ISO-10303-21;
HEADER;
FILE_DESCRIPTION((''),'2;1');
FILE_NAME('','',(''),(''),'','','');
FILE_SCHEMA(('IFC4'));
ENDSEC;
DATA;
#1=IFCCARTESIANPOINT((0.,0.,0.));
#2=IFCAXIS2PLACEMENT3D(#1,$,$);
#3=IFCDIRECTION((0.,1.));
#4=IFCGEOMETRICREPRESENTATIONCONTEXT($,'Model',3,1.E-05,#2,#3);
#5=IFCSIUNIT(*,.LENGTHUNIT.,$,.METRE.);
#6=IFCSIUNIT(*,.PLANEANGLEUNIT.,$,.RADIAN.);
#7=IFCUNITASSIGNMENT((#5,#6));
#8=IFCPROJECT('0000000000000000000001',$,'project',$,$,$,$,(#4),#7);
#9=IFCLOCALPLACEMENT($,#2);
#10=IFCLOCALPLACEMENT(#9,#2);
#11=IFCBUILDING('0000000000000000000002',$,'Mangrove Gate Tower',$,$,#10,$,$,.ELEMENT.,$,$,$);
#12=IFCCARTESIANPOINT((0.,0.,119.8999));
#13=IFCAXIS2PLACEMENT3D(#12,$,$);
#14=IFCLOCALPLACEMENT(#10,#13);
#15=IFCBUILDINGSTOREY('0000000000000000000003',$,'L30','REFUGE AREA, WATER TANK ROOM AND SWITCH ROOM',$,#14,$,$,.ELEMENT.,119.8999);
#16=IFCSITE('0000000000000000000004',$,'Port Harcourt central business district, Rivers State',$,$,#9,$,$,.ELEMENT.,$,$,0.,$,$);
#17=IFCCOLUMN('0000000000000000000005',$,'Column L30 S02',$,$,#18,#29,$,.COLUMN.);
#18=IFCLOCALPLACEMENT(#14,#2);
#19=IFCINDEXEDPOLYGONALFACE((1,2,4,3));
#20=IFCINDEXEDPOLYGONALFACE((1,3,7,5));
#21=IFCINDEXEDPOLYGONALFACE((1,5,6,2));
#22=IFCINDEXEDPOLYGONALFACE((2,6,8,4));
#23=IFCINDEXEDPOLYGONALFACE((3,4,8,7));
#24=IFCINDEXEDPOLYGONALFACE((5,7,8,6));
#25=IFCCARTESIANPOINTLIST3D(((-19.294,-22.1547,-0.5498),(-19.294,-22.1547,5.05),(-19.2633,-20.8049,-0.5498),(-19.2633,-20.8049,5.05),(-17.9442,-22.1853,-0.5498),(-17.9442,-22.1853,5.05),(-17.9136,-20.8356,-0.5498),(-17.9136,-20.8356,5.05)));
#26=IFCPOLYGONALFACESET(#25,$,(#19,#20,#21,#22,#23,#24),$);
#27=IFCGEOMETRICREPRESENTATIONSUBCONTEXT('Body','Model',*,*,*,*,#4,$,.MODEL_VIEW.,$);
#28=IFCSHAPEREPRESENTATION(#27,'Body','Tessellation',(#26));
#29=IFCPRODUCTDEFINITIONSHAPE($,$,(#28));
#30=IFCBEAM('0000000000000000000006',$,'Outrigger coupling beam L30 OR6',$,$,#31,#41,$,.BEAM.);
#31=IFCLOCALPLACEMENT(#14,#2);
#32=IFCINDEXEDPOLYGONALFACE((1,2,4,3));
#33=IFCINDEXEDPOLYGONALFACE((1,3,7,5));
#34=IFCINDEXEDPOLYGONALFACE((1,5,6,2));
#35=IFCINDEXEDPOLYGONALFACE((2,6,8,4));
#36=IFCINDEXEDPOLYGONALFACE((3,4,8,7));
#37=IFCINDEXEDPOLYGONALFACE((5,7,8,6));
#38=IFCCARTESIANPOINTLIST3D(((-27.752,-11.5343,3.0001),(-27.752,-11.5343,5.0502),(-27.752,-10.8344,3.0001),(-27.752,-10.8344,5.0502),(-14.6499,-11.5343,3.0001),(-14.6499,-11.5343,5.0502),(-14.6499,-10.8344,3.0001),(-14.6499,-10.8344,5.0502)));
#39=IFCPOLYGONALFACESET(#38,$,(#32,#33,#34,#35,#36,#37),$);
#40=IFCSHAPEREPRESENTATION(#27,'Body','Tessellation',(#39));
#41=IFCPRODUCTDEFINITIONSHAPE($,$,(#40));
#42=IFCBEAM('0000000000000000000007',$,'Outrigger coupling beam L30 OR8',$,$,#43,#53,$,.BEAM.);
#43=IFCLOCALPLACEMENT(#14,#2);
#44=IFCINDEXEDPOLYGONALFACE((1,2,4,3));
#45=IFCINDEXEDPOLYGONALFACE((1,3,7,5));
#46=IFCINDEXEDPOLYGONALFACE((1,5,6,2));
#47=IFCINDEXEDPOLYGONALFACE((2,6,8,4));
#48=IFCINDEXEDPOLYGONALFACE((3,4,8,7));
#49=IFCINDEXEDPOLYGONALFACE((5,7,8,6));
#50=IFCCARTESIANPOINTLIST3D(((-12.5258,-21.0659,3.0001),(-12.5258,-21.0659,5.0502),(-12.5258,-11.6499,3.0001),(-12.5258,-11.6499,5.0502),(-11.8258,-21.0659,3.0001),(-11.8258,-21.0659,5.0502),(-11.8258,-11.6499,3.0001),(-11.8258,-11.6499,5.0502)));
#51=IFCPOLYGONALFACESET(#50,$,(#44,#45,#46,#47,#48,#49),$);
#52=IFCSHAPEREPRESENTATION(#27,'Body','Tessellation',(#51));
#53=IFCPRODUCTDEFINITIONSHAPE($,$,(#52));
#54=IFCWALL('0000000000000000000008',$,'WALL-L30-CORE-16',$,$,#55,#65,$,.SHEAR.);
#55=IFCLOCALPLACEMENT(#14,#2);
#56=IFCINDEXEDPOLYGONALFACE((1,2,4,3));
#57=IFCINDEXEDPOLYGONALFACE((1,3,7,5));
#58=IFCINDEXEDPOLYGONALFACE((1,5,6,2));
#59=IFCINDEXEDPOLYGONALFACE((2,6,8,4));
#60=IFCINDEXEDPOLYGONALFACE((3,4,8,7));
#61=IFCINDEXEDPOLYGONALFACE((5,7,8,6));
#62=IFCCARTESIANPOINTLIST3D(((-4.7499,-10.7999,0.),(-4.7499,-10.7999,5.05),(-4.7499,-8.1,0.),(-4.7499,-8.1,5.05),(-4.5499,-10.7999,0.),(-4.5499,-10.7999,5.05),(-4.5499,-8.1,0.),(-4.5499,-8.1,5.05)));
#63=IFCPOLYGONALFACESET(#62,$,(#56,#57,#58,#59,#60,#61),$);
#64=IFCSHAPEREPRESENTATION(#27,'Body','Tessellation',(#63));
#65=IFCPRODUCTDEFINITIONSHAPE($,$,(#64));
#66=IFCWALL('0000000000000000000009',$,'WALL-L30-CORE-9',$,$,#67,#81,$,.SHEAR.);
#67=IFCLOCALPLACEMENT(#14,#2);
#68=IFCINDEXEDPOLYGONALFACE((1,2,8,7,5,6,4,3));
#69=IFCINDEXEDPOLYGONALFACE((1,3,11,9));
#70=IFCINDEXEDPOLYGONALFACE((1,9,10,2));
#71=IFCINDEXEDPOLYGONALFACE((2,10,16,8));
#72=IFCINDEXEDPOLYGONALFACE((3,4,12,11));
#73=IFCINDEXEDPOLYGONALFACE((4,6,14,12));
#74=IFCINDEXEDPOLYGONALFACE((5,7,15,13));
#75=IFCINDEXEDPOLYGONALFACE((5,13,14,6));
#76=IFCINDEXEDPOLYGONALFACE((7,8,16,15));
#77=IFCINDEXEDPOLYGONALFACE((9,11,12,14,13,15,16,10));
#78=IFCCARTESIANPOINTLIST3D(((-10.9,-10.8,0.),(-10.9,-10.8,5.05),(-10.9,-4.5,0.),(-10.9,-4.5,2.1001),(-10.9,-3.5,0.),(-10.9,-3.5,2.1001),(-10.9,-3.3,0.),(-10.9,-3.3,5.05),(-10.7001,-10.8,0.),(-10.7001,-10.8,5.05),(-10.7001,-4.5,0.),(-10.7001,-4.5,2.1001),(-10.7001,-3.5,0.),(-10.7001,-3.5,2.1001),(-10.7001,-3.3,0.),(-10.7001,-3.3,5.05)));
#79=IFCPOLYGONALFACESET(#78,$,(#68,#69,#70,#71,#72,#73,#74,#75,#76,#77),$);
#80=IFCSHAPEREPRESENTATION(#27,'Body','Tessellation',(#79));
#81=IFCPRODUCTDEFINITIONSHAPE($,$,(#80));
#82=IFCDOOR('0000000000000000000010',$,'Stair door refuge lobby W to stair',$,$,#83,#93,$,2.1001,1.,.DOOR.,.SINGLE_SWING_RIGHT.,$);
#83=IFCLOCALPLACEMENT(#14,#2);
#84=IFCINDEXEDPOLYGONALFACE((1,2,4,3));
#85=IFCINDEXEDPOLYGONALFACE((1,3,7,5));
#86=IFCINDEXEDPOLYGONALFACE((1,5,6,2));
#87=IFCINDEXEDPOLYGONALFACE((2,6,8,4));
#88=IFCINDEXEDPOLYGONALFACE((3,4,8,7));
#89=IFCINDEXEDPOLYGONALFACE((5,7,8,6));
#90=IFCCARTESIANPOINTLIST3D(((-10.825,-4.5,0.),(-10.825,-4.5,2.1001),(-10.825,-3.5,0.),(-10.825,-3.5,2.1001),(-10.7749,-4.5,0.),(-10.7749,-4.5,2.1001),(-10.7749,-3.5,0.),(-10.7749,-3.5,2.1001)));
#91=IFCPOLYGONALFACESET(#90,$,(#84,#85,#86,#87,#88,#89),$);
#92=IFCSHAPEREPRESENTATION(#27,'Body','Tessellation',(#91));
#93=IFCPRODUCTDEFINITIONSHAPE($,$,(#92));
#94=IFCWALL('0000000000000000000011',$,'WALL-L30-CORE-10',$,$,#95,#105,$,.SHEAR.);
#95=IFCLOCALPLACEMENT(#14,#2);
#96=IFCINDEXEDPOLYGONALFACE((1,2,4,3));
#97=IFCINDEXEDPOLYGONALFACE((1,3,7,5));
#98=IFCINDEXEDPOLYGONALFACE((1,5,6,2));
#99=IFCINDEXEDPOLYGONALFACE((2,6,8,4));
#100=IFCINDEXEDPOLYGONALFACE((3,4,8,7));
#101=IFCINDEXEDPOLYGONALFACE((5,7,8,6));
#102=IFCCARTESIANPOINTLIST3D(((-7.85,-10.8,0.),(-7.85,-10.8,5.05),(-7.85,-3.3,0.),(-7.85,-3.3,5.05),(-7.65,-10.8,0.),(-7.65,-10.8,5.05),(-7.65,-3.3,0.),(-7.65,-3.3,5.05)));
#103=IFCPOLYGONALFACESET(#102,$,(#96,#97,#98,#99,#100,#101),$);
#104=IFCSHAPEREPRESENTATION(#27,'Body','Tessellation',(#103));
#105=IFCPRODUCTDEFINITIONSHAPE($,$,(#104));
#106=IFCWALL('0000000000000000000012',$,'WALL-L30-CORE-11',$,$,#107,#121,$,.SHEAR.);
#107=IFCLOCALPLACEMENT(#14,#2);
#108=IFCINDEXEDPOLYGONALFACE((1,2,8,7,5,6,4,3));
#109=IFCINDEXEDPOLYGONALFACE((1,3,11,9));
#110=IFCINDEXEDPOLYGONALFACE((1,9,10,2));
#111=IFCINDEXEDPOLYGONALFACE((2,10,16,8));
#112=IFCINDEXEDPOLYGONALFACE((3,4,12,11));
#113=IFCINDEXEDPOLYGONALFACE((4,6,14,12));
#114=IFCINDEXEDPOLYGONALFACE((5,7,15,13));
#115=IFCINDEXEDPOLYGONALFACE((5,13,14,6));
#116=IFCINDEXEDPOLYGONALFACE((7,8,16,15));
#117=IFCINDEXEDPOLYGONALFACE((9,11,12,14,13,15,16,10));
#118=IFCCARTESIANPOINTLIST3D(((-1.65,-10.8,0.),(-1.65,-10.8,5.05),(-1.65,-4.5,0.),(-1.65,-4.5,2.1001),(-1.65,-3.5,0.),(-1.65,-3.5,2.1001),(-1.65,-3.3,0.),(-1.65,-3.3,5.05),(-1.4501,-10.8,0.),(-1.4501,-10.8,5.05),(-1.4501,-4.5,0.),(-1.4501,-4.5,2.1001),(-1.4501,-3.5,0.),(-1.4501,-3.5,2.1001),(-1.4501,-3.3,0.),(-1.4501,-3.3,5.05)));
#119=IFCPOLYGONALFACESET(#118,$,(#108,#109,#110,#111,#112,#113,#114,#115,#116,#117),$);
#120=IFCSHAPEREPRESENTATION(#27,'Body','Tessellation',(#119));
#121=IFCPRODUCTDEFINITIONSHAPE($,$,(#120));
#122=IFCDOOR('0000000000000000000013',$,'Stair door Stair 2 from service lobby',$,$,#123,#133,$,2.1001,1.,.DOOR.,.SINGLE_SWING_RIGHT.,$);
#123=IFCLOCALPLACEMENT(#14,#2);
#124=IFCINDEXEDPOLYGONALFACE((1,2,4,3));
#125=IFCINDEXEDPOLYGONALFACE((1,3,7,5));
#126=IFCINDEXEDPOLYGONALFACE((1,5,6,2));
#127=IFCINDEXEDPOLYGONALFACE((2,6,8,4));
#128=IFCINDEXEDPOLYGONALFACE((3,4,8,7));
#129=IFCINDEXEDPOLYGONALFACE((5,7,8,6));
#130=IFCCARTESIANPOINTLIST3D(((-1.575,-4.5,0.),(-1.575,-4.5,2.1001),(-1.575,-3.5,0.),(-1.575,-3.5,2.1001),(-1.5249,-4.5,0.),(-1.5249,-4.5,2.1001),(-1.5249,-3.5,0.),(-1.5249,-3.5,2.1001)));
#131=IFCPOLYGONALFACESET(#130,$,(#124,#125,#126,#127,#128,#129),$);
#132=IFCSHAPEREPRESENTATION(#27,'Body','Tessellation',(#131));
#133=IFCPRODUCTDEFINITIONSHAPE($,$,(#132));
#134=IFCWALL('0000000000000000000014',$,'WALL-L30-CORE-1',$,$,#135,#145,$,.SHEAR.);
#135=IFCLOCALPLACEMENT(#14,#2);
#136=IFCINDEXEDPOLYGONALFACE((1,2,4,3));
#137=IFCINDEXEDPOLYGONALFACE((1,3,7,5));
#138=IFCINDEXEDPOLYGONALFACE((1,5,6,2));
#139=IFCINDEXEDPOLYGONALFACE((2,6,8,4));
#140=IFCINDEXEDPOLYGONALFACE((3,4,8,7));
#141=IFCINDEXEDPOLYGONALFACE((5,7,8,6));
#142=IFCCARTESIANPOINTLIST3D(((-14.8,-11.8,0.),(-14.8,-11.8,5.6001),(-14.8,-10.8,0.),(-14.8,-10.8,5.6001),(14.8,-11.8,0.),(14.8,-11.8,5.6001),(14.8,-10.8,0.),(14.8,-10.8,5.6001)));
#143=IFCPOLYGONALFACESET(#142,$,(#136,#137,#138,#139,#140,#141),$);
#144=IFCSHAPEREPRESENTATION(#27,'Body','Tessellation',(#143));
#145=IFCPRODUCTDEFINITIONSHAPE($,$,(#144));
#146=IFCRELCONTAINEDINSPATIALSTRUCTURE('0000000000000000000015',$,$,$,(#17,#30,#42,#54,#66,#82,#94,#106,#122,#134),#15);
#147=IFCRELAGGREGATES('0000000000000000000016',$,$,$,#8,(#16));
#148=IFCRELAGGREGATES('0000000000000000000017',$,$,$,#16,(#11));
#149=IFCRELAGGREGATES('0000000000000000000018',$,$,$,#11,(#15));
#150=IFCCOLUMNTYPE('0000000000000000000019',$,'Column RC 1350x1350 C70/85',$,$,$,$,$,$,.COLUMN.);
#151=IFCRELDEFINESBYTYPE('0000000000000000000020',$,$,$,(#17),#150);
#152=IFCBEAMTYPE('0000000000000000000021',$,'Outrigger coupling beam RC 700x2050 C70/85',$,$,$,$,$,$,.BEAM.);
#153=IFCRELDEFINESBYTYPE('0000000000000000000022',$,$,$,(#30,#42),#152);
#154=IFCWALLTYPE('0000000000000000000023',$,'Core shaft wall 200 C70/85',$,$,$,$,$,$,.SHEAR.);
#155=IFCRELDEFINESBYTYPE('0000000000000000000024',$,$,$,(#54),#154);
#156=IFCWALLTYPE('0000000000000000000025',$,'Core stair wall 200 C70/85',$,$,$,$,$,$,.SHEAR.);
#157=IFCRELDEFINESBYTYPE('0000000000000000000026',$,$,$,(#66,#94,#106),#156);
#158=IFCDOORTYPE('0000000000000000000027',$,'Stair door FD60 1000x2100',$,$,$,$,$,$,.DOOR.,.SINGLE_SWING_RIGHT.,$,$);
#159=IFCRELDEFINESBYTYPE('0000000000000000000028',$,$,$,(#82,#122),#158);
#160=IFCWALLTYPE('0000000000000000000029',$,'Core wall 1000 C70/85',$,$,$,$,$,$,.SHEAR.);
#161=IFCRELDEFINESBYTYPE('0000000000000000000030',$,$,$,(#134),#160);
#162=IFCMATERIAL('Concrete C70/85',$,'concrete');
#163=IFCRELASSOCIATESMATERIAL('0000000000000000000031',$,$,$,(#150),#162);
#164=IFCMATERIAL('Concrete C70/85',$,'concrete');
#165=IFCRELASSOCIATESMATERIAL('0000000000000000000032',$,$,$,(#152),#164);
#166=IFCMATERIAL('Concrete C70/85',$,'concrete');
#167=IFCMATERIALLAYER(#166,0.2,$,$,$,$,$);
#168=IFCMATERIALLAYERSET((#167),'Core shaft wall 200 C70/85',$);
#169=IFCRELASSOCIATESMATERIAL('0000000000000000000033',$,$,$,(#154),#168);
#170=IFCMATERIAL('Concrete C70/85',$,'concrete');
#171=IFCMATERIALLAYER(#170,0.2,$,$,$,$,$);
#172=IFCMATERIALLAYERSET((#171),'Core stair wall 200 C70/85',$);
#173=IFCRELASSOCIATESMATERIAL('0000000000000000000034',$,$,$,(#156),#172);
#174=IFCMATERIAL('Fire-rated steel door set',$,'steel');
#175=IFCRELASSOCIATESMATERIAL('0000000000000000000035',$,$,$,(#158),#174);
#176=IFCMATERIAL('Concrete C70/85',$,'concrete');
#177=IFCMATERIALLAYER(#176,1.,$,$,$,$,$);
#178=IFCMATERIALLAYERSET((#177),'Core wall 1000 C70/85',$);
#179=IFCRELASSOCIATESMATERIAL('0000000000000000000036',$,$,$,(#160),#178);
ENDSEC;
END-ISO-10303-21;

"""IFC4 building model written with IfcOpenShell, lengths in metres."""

from ifc_helpers import new_model, si_unit, direction, frame, frame_2d, origin, origin_2d, place, context, subcontext, project, spatial, rectangle, extrude, material, layer, layer_set, material_profile, profile_set, type_object, element, fill, save


model = new_model("IFC4")

# Units and contexts
model_context = context("Model", 3, precision=1e-05, world=origin(), true_north=direction((0.0, 1.0)))
body_context = subcontext(model_context, "Body", "Model", "MODEL_VIEW")
ifc_project = project(units=[si_unit("LENGTHUNIT", "METRE"), si_unit("PLANEANGLEUNIT", "RADIAN")], contexts=[model_context])

# Site, building, storey
site_placement = place(None, origin())
site = spatial("IfcSite", under=ifc_project, at=site_placement, Name="Port Harcourt central business district, Rivers State", CompositionType="ELEMENT", RefElevation=0.0)
building_placement = place(site_placement, origin())
building = spatial("IfcBuilding", under=site, at=building_placement, Name="Mangrove Gate Tower", CompositionType="ELEMENT")
storey_placement = place(building_placement, frame((0.0, 0.0, 119.8999)))
storey = spatial("IfcBuildingStorey", under=building, at=storey_placement, Name="L30", Description="REFUGE AREA, WATER TANK ROOM AND SWITCH ROOM", CompositionType="ELEMENT", Elevation=119.8999)

# Column
ifc_material_1 = material(Name="Concrete C70/85", Category="concrete")
ifc_material_profile_1 = material_profile(ifc_material_1, rectangle(XDim=1.3501, YDim=1.3501, at=origin_2d()))
ifc_profile_set_1 = profile_set([ifc_material_profile_1], Name="Concrete C70/85")
column_type = type_object("IfcColumnType", Name="Column RC 1350x1350 C70/85", PredefinedType="COLUMN", material=ifc_profile_set_1)
column_placement = place(storey_placement, frame((-18.6038, -21.4951, -0.5498), z_axis=(0.0, 0.0, 1.0), x_axis=(0.999742, -0.022707, 0.0)))
element("IfcColumn", 1, at=column_placement, inside=storey, type_object=column_type, Name="Column L30 S02", PredefinedType="COLUMN", context=body_context, shape_type="SweptSolid", body=[
    extrude(rectangle(XDim=1.3501, YDim=1.3501, at=origin_2d()), origin(), (0.0, 0.0, 1.0), 5.5999),
])

# Beams
ifc_material_2 = material(Name="Concrete C70/85", Category="concrete")
ifc_material_profile_2 = material_profile(ifc_material_2, rectangle(XDim=0.7, YDim=2.05, at=origin_2d()))
ifc_profile_set_2 = profile_set([ifc_material_profile_2], Name="Concrete C70/85")
beam_type = type_object("IfcBeamType", Name="Outrigger coupling beam RC 700x2050 C70/85", PredefinedType="BEAM", material=ifc_profile_set_2)
beam_1_placement = place(storey_placement, frame((-14.6499, -11.1843, 4.0251), z_axis=(-1.0, 0.0, 0.0), x_axis=(0.0, -1.0, 0.0)))
element("IfcBeam", 2, at=beam_1_placement, inside=storey, type_object=beam_type, Name="Outrigger coupling beam L30 OR6", PredefinedType="BEAM", context=body_context, shape_type="SweptSolid", body=[
    extrude(rectangle(XDim=0.7, YDim=2.05, at=origin_2d()), origin(), (0.0, 0.0, 1.0), 13.1021),
])
beam_2_placement = place(storey_placement, frame((-12.1758, -11.6499, 4.0251), z_axis=(0.0, -1.0, 0.0), x_axis=(1.0, 0.0, 0.0)))
element("IfcBeam", 3, at=beam_2_placement, inside=storey, type_object=beam_type, Name="Outrigger coupling beam L30 OR8", PredefinedType="BEAM", context=body_context, shape_type="SweptSolid", body=[
    extrude(rectangle(XDim=0.7, YDim=2.05, at=origin_2d()), origin(), (0.0, 0.0, 1.0), 9.416),
])

# Wall
ifc_material_3 = material(Name="Concrete C70/85", Category="concrete")
ifc_layer_1 = layer(ifc_material_3, 0.2)
ifc_layer_set_1 = layer_set([ifc_layer_1], Name="Core shaft wall 200 C70/85")
wall_type_1 = type_object("IfcWallType", Name="Core shaft wall 200 C70/85", PredefinedType="SHEAR", material=ifc_layer_set_1)
wall_1_placement = place(storey_placement, frame((-4.6499, -10.8, 0.0), z_axis=(0.0, 0.0, 1.0), x_axis=(0.0, 1.0, 0.0)))
element("IfcWall", 4, at=wall_1_placement, inside=storey, type_object=wall_type_1, Name="WALL-L30-CORE-16", PredefinedType="SHEAR", context=body_context, shape_type="SweptSolid", body=[
    extrude(rectangle(XDim=2.7, YDim=0.2, at=frame_2d((1.3501, 0.0))), origin(), (0.0, 0.0, 1.0), 5.05),
])

# Wall, opening, door
ifc_material_4 = material(Name="Concrete C70/85", Category="concrete")
ifc_layer_2 = layer(ifc_material_4, 0.2)
ifc_layer_set_2 = layer_set([ifc_layer_2], Name="Core stair wall 200 C70/85")
wall_type_2 = type_object("IfcWallType", Name="Core stair wall 200 C70/85", PredefinedType="SHEAR", material=ifc_layer_set_2)
wall_2_placement = place(storey_placement, frame((-10.8, -10.8, 0.0), z_axis=(0.0, 0.0, 1.0), x_axis=(0.0, 1.0, 0.0)))
wall_2 = element("IfcWall", 5, at=wall_2_placement, inside=storey, type_object=wall_type_2, Name="WALL-L30-CORE-9", PredefinedType="SHEAR", context=body_context, shape_type="SweptSolid", body=[
    extrude(rectangle(XDim=7.5, YDim=0.2, at=frame_2d((3.75, 0.0))), origin(), (0.0, 0.0, 1.0), 5.05),
])
opening_1_placement = place(wall_2_placement, frame((6.3, 0.0, 0.0)))
opening_1 = element("IfcOpeningElement", 6, at=opening_1_placement, cuts=wall_2, PredefinedType="OPENING", context=body_context, shape_type="SweptSolid", body=[
    extrude(rectangle(XDim=1.0, YDim=2.1001, at=frame_2d((0.5, 1.05))), frame((0.0, 0.1099, 0.0), z_axis=(0.0, -1.0, 0.0), x_axis=(1.0, 0.0, 0.0)), (0.0, 0.0, 1.0), 0.22),
])
ifc_material_5 = material(Name="Fire-rated steel door set", Category="steel")
door_type_1 = type_object("IfcDoorType", Name="Stair door FD60 1000x2100", OperationType="SINGLE_SWING_RIGHT", PredefinedType="DOOR", material=ifc_material_5)
door_1_placement = place(opening_1_placement, origin())
door_1 = element("IfcDoor", 7, at=door_1_placement, inside=storey, type_object=door_type_1, Name="Stair door refuge lobby W to stair", OperationType="SINGLE_SWING_RIGHT", OverallHeight=2.1001, OverallWidth=1.0, PredefinedType="DOOR", context=body_context, shape_type="SweptSolid", body=[
    extrude(rectangle(XDim=1.0, YDim=2.1001, at=frame_2d((0.5, 1.05))), frame((0.0, 0.0249, 0.0), z_axis=(0.0, -1.0, 0.0), x_axis=(1.0, 0.0, 0.0)), (0.0, 0.0, 1.0), 0.05),
])
fill(opening_1, door_1)

# Wall
wall_3_placement = place(storey_placement, frame((-7.75, -10.8, 0.0), z_axis=(0.0, 0.0, 1.0), x_axis=(0.0, 1.0, 0.0)))
element("IfcWall", 8, at=wall_3_placement, inside=storey, type_object=wall_type_2, Name="WALL-L30-CORE-10", PredefinedType="SHEAR", context=body_context, shape_type="SweptSolid", body=[
    extrude(rectangle(XDim=7.5, YDim=0.2, at=frame_2d((3.75, 0.0))), origin(), (0.0, 0.0, 1.0), 5.05),
])

# Wall, opening, door
wall_4_placement = place(storey_placement, frame((-1.55, -10.8, 0.0), z_axis=(0.0, 0.0, 1.0), x_axis=(0.0, 1.0, 0.0)))
wall_4 = element("IfcWall", 9, at=wall_4_placement, inside=storey, type_object=wall_type_2, Name="WALL-L30-CORE-11", PredefinedType="SHEAR", context=body_context, shape_type="SweptSolid", body=[
    extrude(rectangle(XDim=7.5, YDim=0.2, at=frame_2d((3.75, 0.0))), origin(), (0.0, 0.0, 1.0), 5.05),
])
opening_2_placement = place(wall_4_placement, frame((6.3, 0.0, 0.0)))
opening_2 = element("IfcOpeningElement", 10, at=opening_2_placement, cuts=wall_4, PredefinedType="OPENING", context=body_context, shape_type="SweptSolid", body=[
    extrude(rectangle(XDim=1.0, YDim=2.1001, at=frame_2d((0.5, 1.05))), frame((0.0, 0.1099, 0.0), z_axis=(0.0, -1.0, 0.0), x_axis=(1.0, 0.0, 0.0)), (0.0, 0.0, 1.0), 0.22),
])
door_2_placement = place(opening_2_placement, origin())
door_2 = element("IfcDoor", 11, at=door_2_placement, inside=storey, type_object=door_type_1, Name="Stair door Stair 2 from service lobby", OperationType="SINGLE_SWING_RIGHT", OverallHeight=2.1001, OverallWidth=1.0, PredefinedType="DOOR", context=body_context, shape_type="SweptSolid", body=[
    extrude(rectangle(XDim=1.0, YDim=2.1001, at=frame_2d((0.5, 1.05))), frame((0.0, 0.0249, 0.0), z_axis=(0.0, -1.0, 0.0), x_axis=(1.0, 0.0, 0.0)), (0.0, 0.0, 1.0), 0.05),
])
fill(opening_2, door_2)

# Wall
ifc_material_6 = material(Name="Concrete C70/85", Category="concrete")
ifc_layer_3 = layer(ifc_material_6, 1.0)
ifc_layer_set_3 = layer_set([ifc_layer_3], Name="Core wall 1000 C70/85")
wall_type_3 = type_object("IfcWallType", Name="Core wall 1000 C70/85", PredefinedType="SHEAR", material=ifc_layer_set_3)
wall_5_placement = place(storey_placement, frame((-14.8, -11.3, 0.0), z_axis=(0.0, 0.0, 1.0), x_axis=(1.0, 0.0, 0.0)))
element("IfcWall", 12, at=wall_5_placement, inside=storey, type_object=wall_type_3, Name="WALL-L30-CORE-1", PredefinedType="SHEAR", context=body_context, shape_type="SweptSolid", body=[
    extrude(rectangle(XDim=29.6001, YDim=1.0, at=frame_2d((14.8, 0.0))), origin(), (0.0, 0.0, 1.0), 5.6001),
])

save(model, "model.ifc")
